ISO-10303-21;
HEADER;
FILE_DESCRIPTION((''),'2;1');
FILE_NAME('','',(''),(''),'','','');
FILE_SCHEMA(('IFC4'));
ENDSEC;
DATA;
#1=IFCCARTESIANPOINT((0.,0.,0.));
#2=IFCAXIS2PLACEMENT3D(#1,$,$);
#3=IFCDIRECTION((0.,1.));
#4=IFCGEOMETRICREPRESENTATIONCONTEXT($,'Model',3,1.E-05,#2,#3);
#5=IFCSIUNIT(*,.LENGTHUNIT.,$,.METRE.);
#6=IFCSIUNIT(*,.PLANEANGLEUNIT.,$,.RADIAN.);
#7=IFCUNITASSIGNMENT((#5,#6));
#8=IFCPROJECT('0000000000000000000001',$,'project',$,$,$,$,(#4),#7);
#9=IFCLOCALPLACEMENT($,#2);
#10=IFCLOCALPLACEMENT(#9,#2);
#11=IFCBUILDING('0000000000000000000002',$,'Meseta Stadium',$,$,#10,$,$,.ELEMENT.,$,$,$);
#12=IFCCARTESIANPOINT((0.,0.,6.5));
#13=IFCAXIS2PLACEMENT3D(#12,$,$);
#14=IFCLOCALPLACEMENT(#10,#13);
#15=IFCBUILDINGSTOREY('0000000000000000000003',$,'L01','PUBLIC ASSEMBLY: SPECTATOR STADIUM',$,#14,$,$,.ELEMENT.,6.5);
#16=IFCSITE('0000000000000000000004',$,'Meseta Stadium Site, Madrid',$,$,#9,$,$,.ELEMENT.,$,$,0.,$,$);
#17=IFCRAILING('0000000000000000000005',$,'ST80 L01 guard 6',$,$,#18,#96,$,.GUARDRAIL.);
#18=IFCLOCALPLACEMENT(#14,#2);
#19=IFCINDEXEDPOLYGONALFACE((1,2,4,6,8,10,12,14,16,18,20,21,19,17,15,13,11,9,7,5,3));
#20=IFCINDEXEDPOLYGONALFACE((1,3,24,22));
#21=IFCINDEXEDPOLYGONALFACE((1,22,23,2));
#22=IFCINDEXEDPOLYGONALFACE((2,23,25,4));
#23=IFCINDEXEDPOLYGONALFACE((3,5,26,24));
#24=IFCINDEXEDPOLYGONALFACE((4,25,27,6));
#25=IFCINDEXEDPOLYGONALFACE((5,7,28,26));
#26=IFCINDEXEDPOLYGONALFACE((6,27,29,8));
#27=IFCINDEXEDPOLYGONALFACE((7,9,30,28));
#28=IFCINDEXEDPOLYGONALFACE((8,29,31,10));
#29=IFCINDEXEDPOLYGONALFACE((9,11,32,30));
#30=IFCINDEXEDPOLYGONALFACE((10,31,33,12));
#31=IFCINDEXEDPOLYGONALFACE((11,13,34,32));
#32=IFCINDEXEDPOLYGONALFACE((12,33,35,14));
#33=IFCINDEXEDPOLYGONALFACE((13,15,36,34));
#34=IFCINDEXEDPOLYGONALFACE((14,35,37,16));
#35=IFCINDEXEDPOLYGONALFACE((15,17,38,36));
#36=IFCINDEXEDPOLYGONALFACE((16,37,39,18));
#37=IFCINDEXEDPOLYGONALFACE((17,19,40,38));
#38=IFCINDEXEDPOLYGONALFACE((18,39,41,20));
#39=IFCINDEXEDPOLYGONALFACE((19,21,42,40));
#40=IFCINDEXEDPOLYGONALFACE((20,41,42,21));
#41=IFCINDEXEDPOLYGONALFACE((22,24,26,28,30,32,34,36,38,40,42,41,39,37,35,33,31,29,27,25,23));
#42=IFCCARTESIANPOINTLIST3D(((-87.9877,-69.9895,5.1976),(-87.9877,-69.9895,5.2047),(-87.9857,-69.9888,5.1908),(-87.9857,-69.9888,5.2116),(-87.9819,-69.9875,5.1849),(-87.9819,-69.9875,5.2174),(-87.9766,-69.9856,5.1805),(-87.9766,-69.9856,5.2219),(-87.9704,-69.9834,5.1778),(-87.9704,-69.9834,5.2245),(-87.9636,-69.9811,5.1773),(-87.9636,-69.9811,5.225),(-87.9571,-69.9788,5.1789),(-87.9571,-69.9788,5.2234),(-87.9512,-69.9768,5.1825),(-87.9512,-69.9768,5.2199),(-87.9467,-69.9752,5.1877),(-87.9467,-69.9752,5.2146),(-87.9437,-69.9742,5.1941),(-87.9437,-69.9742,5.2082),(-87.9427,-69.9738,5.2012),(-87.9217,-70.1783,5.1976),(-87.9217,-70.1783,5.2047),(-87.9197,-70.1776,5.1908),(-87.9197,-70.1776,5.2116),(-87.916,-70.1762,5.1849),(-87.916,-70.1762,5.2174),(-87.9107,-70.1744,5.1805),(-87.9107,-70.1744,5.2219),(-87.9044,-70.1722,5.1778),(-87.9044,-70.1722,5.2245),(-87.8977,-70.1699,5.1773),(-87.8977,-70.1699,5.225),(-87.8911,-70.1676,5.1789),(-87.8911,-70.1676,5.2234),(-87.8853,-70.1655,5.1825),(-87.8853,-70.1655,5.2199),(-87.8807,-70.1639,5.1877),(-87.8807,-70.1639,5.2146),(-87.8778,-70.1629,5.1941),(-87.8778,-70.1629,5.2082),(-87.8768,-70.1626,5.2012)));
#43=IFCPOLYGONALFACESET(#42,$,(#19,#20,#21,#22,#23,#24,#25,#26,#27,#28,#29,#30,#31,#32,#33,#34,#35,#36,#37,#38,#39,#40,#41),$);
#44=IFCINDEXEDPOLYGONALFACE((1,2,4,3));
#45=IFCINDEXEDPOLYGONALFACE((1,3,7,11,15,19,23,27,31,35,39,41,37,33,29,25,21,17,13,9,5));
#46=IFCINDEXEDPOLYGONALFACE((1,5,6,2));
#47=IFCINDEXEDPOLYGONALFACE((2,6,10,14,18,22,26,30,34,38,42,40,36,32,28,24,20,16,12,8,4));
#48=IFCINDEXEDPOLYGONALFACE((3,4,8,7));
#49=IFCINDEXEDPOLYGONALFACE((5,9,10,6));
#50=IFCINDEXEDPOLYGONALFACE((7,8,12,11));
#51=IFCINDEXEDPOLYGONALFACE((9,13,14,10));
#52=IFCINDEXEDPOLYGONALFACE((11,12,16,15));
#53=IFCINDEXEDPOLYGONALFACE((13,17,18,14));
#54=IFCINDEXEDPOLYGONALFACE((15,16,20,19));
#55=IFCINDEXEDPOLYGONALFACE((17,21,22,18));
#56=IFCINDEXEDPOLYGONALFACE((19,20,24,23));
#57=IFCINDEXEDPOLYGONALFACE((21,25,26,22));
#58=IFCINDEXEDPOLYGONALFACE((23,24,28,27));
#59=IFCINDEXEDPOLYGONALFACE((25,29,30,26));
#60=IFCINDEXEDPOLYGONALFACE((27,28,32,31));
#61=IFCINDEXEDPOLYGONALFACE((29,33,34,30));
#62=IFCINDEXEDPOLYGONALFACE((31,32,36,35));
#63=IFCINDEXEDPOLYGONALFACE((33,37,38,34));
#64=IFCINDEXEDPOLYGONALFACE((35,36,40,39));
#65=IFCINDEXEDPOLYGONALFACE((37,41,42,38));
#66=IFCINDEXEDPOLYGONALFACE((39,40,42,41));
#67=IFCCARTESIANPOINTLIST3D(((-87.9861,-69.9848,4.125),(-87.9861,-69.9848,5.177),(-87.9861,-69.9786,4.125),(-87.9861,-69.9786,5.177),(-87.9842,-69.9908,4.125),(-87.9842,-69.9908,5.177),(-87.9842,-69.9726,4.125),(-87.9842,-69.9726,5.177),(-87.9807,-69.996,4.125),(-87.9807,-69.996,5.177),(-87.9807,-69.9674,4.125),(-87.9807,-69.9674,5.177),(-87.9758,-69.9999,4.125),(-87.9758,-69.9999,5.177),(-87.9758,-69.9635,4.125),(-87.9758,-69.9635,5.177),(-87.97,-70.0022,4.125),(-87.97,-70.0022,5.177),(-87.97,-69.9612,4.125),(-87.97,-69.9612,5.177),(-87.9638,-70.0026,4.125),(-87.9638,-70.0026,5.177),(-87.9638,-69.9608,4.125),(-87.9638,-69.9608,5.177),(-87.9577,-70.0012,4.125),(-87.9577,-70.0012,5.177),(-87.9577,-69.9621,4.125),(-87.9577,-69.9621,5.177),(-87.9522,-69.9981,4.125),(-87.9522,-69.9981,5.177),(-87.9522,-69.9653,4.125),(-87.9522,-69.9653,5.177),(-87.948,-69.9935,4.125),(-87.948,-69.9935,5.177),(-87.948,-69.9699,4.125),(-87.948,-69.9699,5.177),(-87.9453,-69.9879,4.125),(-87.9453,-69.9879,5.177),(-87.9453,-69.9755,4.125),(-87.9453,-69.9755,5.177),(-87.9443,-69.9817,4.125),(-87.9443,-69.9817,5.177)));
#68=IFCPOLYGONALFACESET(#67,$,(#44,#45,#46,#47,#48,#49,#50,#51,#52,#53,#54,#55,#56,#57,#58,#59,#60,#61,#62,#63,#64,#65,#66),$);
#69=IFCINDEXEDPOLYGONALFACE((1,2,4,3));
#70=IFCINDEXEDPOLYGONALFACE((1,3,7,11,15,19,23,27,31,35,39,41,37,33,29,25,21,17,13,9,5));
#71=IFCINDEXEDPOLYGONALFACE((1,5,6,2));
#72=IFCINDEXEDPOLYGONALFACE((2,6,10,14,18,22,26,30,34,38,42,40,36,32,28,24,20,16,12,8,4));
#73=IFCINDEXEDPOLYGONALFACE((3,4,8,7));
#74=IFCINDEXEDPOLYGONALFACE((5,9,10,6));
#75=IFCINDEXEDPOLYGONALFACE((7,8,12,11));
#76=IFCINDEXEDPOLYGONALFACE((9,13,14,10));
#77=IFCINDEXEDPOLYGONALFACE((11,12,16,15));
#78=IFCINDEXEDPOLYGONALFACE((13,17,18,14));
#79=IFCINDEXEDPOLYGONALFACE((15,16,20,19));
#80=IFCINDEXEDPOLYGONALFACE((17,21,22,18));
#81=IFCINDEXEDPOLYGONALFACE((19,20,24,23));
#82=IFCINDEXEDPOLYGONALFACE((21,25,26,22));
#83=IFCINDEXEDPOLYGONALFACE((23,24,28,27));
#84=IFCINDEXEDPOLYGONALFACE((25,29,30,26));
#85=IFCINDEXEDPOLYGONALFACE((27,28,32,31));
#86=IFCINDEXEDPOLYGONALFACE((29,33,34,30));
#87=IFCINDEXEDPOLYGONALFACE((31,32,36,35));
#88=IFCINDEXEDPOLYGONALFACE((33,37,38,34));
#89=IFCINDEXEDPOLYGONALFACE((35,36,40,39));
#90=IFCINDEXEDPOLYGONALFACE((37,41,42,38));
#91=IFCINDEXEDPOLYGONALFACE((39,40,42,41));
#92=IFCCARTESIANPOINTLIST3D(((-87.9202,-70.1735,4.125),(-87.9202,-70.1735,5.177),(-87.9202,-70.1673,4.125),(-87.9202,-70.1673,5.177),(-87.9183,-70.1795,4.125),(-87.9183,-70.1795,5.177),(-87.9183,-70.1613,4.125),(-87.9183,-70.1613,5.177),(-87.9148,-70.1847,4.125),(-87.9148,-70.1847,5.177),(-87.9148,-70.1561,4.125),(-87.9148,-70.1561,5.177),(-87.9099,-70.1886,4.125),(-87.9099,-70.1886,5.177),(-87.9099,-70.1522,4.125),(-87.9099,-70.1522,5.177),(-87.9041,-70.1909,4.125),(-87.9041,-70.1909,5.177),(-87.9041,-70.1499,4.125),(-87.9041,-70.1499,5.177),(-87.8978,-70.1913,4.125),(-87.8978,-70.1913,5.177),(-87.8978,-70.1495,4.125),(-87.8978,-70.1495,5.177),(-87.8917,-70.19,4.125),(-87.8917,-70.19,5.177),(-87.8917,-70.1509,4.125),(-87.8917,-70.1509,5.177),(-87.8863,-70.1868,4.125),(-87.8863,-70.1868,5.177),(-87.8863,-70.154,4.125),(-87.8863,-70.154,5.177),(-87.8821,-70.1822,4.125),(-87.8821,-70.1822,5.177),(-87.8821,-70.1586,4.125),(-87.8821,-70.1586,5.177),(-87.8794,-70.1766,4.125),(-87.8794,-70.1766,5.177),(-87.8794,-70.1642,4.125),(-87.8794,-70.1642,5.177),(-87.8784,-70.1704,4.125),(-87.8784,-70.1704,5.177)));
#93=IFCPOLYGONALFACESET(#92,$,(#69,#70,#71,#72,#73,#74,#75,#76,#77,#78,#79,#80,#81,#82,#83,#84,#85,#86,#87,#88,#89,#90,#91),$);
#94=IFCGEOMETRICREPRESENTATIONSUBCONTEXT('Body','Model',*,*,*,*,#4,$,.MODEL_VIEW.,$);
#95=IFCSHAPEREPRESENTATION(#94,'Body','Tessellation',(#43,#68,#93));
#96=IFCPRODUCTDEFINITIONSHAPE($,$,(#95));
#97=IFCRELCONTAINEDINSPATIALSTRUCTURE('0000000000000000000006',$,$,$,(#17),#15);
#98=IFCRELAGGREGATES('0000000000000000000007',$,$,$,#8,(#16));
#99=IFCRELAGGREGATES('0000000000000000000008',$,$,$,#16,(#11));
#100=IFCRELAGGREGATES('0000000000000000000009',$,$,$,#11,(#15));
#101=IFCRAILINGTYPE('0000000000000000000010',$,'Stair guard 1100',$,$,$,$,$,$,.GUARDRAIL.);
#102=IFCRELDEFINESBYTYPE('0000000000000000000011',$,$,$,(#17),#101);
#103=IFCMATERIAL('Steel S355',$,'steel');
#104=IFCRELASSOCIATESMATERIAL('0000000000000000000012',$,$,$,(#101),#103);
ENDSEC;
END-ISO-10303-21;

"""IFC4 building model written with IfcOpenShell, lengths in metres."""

from ifc_helpers import new_model, si_unit, direction, frame, origin, origin_2d, place, context, subcontext, project, spatial, circle, extrude, material, type_object, element, save


model = new_model("IFC4")

# Units and contexts
model_context = context("Model", 3, precision=1e-05, world=origin(), true_north=direction((0.0, 1.0)))
body_context = subcontext(model_context, "Body", "Model", "MODEL_VIEW")
ifc_project = project(units=[si_unit("LENGTHUNIT", "METRE"), si_unit("PLANEANGLEUNIT", "RADIAN")], contexts=[model_context])

# Site, building, storey
site_placement = place(None, origin())
site = spatial("IfcSite", under=ifc_project, at=site_placement, Name="Meseta Stadium Site, Madrid", CompositionType="ELEMENT", RefElevation=0.0)
building_placement = place(site_placement, origin())
building = spatial("IfcBuilding", under=site, at=building_placement, Name="Meseta Stadium", CompositionType="ELEMENT")
storey_placement = place(building_placement, frame((0.0, 0.0, 6.5)))
storey = spatial("IfcBuildingStorey", under=building, at=storey_placement, Name="L01", Description="PUBLIC ASSEMBLY: SPECTATOR STADIUM", CompositionType="ELEMENT", Elevation=6.5)

# Railing
ifc_material_1 = material(Name="Steel S355", Category="steel")
railing_type_1 = type_object("IfcRailingType", Name="Stair guard 1100", PredefinedType="GUARDRAIL", material=ifc_material_1)
railing_1_placement = place(storey_placement, frame((-87.9653, -69.9817, 4.125)))
element("IfcRailing", 1, at=railing_1_placement, inside=storey, type_object=railing_type_1, Name="ST80 L01 guard 6", PredefinedType="GUARDRAIL", context=body_context, shape_type="SweptSolid", body=[
    extrude(circle(Radius=0.0239, at=origin_2d()), frame((0.0, 0.0, 1.0762), z_axis=(0.329752, -0.944068, 0.0), x_axis=(0.944068, 0.329752, 0.0)), (0.0, 0.0, 1.0), 0.2),
    extrude(circle(Radius=0.021, at=origin_2d()), origin(), (0.0, 0.0, 1.0), 1.052),
    extrude(circle(Radius=0.021, at=origin_2d()), frame((0.0659, -0.1887, 0.0)), (0.0, 0.0, 1.0), 1.052),
])

save(model, "model.ifc")
